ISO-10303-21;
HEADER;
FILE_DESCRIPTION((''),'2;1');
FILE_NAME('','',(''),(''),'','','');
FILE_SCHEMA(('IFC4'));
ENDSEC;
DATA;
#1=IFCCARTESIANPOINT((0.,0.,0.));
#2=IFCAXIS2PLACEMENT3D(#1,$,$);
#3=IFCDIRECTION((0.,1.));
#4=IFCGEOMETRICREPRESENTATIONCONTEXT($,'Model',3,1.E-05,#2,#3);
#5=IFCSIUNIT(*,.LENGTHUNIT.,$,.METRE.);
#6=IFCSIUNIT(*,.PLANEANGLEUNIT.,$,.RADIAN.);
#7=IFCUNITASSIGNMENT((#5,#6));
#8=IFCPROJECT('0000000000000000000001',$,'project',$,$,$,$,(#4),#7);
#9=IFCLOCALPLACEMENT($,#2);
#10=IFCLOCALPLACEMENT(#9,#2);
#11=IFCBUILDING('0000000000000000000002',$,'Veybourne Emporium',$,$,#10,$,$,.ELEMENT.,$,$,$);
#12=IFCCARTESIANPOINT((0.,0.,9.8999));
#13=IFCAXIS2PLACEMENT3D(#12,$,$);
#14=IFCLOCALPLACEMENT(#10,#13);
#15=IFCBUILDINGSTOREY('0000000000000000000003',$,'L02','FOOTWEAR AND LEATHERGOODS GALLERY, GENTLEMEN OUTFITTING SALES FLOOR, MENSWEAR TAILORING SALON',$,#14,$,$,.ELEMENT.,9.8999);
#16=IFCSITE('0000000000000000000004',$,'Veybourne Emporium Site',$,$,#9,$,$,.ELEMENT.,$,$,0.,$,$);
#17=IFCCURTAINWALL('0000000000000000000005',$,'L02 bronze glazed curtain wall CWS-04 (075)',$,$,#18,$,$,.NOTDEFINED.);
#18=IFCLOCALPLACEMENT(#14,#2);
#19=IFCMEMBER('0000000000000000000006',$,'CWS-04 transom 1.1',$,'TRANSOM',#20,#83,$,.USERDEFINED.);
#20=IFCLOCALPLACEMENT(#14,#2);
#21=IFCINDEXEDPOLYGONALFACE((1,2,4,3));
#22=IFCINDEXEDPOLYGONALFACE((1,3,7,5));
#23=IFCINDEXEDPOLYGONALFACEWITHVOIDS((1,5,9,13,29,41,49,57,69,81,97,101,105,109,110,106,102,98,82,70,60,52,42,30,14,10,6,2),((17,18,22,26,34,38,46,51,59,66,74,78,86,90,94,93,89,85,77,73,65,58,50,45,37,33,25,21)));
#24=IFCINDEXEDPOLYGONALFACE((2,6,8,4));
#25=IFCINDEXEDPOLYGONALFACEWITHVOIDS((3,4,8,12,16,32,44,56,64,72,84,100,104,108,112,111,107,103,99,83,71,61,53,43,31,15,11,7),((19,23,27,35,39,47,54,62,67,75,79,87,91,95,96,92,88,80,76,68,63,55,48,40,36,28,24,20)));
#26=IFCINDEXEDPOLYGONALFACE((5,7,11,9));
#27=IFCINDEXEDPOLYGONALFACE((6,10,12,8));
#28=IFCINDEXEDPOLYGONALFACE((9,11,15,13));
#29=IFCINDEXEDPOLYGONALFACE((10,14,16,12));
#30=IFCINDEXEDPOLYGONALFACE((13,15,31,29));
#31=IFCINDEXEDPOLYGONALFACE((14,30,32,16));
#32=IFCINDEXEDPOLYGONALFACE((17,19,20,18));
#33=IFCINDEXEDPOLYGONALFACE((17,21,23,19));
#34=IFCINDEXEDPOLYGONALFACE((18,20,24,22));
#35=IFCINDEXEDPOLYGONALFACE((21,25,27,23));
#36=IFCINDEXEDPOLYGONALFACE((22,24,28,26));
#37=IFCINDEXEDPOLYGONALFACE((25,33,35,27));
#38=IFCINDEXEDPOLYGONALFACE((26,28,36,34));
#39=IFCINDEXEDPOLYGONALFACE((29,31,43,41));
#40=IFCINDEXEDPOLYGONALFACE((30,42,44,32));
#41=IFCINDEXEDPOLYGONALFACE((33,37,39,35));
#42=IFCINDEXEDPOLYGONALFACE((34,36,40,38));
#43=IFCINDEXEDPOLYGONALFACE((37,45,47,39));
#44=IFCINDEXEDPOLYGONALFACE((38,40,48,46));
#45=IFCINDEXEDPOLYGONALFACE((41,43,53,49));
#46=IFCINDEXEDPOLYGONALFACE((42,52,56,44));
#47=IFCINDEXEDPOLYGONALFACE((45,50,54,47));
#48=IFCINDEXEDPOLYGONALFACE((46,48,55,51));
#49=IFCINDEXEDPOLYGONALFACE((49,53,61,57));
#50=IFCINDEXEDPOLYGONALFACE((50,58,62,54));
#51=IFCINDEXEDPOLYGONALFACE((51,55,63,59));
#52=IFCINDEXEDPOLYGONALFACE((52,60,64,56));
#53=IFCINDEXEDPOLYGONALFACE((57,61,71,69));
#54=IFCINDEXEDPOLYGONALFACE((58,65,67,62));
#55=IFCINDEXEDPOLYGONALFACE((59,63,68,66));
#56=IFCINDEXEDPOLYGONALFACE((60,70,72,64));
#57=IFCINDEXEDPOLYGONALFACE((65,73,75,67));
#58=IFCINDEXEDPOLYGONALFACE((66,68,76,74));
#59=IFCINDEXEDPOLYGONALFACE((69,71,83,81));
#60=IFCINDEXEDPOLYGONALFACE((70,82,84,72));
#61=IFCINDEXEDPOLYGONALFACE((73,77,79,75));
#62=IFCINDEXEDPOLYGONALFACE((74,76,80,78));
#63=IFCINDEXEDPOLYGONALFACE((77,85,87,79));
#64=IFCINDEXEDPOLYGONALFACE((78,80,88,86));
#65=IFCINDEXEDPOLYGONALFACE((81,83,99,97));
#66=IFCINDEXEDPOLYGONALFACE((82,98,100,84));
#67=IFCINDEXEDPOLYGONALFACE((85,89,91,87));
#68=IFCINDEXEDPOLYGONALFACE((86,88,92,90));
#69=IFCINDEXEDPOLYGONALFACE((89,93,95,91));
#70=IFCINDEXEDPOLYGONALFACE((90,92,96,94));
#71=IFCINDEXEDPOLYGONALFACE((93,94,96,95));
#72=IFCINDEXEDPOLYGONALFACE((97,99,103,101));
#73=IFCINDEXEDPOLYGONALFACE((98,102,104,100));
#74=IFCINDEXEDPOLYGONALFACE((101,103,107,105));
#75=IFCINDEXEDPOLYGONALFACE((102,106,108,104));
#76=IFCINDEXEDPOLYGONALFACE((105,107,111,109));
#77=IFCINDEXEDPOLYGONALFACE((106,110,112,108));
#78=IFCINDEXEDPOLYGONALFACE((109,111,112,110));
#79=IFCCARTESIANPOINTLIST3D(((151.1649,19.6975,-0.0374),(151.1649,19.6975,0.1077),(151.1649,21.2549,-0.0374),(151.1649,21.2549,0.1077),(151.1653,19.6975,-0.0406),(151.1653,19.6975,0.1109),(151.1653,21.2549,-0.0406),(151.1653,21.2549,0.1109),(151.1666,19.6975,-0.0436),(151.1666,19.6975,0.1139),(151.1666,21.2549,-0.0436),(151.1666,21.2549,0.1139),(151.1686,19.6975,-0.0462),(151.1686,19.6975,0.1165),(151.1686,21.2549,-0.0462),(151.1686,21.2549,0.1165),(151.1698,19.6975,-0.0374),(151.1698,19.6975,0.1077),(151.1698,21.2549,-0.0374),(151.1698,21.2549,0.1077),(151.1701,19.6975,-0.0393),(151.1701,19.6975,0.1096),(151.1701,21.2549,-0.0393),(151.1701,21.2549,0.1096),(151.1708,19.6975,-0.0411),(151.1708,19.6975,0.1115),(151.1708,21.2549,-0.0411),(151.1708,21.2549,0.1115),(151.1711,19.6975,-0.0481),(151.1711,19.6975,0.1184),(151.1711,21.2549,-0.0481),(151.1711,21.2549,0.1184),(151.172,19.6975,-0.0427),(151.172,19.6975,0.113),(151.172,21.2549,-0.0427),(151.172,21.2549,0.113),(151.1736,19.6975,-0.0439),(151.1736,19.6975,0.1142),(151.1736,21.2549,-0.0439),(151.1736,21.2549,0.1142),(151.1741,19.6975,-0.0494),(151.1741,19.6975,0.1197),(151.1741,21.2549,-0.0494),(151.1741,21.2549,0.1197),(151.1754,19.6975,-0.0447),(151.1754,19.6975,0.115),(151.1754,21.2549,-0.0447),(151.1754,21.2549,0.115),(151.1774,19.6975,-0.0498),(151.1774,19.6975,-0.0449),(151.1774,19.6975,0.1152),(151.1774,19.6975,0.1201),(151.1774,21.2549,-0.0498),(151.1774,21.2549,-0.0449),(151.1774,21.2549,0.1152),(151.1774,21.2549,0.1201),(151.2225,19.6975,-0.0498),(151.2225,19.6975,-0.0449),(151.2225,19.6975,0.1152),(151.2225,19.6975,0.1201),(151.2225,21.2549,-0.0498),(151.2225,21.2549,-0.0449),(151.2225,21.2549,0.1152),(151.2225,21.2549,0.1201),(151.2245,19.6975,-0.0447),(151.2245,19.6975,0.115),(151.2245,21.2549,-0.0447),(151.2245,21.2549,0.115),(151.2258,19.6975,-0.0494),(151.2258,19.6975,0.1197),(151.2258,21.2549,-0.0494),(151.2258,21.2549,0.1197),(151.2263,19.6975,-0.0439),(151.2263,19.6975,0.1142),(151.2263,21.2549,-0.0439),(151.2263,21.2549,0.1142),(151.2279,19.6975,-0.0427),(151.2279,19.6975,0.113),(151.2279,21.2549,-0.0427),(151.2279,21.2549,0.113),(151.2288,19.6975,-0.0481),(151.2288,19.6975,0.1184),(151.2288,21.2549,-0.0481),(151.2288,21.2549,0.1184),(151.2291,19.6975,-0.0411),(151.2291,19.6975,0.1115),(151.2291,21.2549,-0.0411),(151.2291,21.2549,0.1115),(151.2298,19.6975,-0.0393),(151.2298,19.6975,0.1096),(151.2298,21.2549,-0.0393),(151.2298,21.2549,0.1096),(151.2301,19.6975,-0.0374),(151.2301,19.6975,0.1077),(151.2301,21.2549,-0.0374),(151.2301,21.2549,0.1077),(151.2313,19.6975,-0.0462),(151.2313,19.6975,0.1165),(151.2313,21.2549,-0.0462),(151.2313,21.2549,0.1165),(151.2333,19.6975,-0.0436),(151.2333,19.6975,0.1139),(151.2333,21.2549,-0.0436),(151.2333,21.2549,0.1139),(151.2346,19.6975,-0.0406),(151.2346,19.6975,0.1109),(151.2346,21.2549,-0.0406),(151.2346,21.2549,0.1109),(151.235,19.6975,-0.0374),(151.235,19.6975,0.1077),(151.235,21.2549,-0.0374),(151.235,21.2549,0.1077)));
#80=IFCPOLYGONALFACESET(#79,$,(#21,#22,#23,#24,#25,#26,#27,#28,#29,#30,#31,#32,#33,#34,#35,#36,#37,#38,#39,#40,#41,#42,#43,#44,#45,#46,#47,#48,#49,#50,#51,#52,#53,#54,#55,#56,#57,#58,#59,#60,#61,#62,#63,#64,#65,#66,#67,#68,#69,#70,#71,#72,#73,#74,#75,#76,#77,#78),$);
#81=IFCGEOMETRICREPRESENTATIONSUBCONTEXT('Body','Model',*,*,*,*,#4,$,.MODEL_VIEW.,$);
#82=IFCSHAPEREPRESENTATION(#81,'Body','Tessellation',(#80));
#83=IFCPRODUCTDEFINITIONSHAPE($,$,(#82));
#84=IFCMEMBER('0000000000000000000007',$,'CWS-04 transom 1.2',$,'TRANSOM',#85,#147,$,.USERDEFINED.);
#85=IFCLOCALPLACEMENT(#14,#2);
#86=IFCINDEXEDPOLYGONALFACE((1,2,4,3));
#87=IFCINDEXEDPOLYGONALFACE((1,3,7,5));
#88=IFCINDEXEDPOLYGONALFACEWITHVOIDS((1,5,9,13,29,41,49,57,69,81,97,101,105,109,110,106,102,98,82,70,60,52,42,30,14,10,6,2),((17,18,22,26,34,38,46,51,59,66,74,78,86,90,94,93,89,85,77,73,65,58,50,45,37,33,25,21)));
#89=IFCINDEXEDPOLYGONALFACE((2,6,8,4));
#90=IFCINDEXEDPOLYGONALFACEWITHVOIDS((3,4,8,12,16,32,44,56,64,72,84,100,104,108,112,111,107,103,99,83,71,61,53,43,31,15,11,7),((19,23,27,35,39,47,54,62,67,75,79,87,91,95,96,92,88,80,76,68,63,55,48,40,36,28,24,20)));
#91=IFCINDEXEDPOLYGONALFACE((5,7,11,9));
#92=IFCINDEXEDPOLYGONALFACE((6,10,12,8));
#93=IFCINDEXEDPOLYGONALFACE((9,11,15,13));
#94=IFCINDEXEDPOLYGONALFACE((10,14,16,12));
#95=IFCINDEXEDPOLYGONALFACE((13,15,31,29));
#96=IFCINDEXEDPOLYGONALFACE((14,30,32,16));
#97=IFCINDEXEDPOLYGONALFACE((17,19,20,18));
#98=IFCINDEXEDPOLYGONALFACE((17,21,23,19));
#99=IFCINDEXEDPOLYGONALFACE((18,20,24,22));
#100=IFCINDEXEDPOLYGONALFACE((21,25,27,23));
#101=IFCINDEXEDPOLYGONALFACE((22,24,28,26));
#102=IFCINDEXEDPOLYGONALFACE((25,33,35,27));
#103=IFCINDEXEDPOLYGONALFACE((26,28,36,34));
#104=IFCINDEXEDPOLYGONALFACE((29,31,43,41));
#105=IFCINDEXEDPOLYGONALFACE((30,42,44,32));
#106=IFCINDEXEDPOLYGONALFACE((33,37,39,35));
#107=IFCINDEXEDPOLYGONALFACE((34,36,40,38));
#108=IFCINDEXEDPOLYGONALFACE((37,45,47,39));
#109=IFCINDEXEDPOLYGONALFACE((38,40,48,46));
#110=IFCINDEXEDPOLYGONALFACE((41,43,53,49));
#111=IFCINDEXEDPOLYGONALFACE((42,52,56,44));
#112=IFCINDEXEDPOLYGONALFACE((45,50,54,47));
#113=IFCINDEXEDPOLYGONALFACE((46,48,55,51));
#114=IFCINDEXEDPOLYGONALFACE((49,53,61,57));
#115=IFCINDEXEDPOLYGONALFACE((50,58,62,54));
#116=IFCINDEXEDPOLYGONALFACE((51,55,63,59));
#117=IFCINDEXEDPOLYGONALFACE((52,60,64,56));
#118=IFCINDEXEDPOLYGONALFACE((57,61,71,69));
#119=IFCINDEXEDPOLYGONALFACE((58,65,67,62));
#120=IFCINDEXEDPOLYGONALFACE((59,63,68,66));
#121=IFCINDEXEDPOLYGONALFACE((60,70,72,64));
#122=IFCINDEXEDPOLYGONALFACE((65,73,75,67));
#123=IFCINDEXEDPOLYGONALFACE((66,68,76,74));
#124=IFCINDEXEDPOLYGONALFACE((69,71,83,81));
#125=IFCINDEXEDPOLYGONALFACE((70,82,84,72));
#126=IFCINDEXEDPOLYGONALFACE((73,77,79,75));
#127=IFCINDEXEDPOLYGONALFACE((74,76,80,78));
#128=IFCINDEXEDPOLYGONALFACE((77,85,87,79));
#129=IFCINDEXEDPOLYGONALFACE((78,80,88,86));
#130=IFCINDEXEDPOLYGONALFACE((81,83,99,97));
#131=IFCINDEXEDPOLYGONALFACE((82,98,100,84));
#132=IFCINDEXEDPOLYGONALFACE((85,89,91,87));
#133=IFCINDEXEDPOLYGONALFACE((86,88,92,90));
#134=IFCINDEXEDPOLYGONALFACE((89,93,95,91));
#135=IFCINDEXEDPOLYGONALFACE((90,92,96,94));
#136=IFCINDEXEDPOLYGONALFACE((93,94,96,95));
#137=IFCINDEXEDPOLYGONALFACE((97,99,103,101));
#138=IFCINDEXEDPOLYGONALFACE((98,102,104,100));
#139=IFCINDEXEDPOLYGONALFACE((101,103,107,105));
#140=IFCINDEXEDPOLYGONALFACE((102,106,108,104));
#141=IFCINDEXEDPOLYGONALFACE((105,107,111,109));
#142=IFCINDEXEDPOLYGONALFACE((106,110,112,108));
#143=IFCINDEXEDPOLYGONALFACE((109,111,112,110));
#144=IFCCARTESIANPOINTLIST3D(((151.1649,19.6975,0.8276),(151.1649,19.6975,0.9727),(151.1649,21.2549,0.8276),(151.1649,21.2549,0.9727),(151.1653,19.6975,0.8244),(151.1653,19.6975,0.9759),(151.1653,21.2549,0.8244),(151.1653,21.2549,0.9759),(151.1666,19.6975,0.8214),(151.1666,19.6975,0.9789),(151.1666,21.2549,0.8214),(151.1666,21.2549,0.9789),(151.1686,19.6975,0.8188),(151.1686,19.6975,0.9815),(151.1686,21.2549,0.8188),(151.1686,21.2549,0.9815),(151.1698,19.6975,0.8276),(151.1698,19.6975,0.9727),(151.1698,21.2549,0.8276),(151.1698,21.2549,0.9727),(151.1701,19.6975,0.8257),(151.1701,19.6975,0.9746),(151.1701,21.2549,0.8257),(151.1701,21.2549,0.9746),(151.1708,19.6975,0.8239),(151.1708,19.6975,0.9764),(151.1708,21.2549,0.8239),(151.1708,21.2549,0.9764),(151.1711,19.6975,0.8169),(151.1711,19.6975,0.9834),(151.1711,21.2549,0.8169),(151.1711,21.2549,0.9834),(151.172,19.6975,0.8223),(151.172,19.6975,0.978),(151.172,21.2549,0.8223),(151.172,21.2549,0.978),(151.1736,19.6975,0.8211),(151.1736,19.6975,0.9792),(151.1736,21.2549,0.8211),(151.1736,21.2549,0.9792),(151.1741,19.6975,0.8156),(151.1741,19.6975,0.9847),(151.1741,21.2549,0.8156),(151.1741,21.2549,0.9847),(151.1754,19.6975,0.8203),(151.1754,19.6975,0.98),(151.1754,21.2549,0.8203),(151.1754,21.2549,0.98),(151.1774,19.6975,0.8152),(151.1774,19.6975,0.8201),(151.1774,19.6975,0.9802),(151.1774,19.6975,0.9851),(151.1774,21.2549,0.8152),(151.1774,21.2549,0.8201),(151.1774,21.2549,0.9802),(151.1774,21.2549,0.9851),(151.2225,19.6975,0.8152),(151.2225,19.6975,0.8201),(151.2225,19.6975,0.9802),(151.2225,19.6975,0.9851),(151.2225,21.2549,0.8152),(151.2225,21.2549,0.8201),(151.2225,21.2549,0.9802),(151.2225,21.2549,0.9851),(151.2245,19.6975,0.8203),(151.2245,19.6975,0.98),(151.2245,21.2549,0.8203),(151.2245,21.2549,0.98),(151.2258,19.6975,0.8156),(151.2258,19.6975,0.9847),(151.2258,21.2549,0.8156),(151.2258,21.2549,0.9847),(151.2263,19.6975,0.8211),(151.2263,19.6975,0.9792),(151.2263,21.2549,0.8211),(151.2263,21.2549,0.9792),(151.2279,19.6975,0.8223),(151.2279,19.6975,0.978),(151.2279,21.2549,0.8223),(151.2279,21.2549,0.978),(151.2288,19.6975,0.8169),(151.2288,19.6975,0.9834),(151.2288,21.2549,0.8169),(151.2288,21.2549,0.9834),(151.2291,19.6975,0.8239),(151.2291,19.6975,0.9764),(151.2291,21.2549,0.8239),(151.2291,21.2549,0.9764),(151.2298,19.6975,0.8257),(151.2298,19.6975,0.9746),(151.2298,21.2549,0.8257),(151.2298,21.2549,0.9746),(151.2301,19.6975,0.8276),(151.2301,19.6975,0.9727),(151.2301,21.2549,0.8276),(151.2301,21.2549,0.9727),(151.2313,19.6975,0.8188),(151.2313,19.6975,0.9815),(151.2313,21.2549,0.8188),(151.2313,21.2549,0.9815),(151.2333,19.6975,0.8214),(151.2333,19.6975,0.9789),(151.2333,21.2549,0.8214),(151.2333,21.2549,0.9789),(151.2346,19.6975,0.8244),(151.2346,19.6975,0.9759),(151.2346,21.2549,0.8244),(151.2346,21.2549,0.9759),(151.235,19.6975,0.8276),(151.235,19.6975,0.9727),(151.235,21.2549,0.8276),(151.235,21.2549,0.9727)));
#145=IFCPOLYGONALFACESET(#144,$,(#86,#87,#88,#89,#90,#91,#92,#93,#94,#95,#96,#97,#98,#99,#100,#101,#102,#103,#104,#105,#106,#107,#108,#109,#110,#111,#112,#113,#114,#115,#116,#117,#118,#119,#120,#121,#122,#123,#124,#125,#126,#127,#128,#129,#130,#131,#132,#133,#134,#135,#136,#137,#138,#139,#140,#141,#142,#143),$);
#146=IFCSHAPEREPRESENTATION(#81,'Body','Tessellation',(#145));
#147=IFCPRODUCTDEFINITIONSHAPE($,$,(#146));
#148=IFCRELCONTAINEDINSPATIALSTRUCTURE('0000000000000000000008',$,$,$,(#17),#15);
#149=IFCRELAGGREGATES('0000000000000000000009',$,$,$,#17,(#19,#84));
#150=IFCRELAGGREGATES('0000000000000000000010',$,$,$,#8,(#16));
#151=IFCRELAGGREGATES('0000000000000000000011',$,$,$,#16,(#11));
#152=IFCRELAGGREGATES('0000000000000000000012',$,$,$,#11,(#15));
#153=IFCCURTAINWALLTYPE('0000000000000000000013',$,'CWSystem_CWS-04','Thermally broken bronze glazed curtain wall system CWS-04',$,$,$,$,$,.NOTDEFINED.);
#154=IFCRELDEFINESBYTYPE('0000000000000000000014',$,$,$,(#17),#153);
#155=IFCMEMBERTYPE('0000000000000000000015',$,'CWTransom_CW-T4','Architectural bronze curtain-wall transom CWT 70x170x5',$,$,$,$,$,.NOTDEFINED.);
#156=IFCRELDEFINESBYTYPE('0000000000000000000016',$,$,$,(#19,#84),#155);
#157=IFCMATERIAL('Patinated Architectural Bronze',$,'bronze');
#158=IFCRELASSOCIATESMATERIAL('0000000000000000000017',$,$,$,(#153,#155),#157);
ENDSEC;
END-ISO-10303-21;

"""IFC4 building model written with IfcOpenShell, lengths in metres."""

from ifc_helpers import new_model, si_unit, direction, frame, origin, origin_2d, place, context, subcontext, project, spatial, hollow_rectangle, extrude, material, material_profile, profile_set, type_object, element, aggregate, save


model = new_model("IFC4")

# Units and contexts
model_context = context("Model", 3, precision=1e-05, world=origin(), true_north=direction((0.0, 1.0)))
body_context = subcontext(model_context, "Body", "Model", "MODEL_VIEW")
ifc_project = project(units=[si_unit("LENGTHUNIT", "METRE"), si_unit("PLANEANGLEUNIT", "RADIAN")], contexts=[model_context])

# Site, building, storey
site_placement = place(None, origin())
site = spatial("IfcSite", under=ifc_project, at=site_placement, Name="Veybourne Emporium Site", CompositionType="ELEMENT", RefElevation=0.0)
building_placement = place(site_placement, origin())
building = spatial("IfcBuilding", under=site, at=building_placement, Name="Veybourne Emporium", CompositionType="ELEMENT")
storey_placement = place(building_placement, frame((0.0, 0.0, 9.8999)))
storey = spatial("IfcBuildingStorey", under=building, at=storey_placement, Name="L02", Description="FOOTWEAR AND LEATHERGOODS GALLERY, GENTLEMEN OUTFITTING SALES FLOOR, MENSWEAR TAILORING SALON", CompositionType="ELEMENT", Elevation=9.8999)

# Curtain wall, members
ifc_material_1 = material(Name="Patinated Architectural Bronze", Category="bronze")
curtain_wall_type = type_object("IfcCurtainWallType", Name="CWSystem_CWS-04", Description="Thermally broken bronze glazed curtain wall system CWS-04", PredefinedType="NOTDEFINED", material=ifc_material_1)
curtain_wall_placement = place(storey_placement, origin())
curtain_wall = element("IfcCurtainWall", 1, at=curtain_wall_placement, inside=storey, type_object=curtain_wall_type, Name="L02 bronze glazed curtain wall CWS-04 (075)", PredefinedType="NOTDEFINED")
ifc_material_profile_1 = material_profile(ifc_material_1, hollow_rectangle(XDim=0.0701, YDim=0.1699, WallThickness=0.0049, InnerFilletRadius=0.0076, OuterFilletRadius=0.0125, at=origin_2d()), Name="CWT 70x170x5")
ifc_profile_set_1 = profile_set([ifc_material_profile_1], Name="Patinated Architectural Bronze")
member_type_1 = type_object("IfcMemberType", Name="CWTransom_CW-T4", Description="Architectural bronze curtain-wall transom CWT 70x170x5", PredefinedType="NOTDEFINED", material=ifc_profile_set_1)
member_1_placement = place(storey_placement, frame((151.2, 21.2549, 0.0352), z_axis=(0.0, -1.0, 0.0), x_axis=(1.0, 0.0, 0.0)))
member_1 = element("IfcMember", 2, at=member_1_placement, type_object=member_type_1, Name="CWS-04 transom 1.1", ObjectType="TRANSOM", PredefinedType="USERDEFINED", context=body_context, shape_type="SweptSolid", body=[
    extrude(hollow_rectangle(XDim=0.0701, YDim=0.1699, WallThickness=0.0049, InnerFilletRadius=0.0076, OuterFilletRadius=0.0125, at=origin_2d()), origin(), (0.0, 0.0, 1.0), 1.5574),
])
member_2_placement = place(storey_placement, frame((151.2, 21.2549, 0.9001), z_axis=(0.0, -1.0, 0.0), x_axis=(1.0, 0.0, 0.0)))
member_2 = element("IfcMember", 3, at=member_2_placement, type_object=member_type_1, Name="CWS-04 transom 1.2", ObjectType="TRANSOM", PredefinedType="USERDEFINED", context=body_context, shape_type="SweptSolid", body=[
    extrude(hollow_rectangle(XDim=0.0701, YDim=0.1699, WallThickness=0.0049, InnerFilletRadius=0.0076, OuterFilletRadius=0.0125, at=origin_2d()), origin(), (0.0, 0.0, 1.0), 1.5574),
])
aggregate(curtain_wall, [member_1, member_2])

save(model, "model.ifc")
